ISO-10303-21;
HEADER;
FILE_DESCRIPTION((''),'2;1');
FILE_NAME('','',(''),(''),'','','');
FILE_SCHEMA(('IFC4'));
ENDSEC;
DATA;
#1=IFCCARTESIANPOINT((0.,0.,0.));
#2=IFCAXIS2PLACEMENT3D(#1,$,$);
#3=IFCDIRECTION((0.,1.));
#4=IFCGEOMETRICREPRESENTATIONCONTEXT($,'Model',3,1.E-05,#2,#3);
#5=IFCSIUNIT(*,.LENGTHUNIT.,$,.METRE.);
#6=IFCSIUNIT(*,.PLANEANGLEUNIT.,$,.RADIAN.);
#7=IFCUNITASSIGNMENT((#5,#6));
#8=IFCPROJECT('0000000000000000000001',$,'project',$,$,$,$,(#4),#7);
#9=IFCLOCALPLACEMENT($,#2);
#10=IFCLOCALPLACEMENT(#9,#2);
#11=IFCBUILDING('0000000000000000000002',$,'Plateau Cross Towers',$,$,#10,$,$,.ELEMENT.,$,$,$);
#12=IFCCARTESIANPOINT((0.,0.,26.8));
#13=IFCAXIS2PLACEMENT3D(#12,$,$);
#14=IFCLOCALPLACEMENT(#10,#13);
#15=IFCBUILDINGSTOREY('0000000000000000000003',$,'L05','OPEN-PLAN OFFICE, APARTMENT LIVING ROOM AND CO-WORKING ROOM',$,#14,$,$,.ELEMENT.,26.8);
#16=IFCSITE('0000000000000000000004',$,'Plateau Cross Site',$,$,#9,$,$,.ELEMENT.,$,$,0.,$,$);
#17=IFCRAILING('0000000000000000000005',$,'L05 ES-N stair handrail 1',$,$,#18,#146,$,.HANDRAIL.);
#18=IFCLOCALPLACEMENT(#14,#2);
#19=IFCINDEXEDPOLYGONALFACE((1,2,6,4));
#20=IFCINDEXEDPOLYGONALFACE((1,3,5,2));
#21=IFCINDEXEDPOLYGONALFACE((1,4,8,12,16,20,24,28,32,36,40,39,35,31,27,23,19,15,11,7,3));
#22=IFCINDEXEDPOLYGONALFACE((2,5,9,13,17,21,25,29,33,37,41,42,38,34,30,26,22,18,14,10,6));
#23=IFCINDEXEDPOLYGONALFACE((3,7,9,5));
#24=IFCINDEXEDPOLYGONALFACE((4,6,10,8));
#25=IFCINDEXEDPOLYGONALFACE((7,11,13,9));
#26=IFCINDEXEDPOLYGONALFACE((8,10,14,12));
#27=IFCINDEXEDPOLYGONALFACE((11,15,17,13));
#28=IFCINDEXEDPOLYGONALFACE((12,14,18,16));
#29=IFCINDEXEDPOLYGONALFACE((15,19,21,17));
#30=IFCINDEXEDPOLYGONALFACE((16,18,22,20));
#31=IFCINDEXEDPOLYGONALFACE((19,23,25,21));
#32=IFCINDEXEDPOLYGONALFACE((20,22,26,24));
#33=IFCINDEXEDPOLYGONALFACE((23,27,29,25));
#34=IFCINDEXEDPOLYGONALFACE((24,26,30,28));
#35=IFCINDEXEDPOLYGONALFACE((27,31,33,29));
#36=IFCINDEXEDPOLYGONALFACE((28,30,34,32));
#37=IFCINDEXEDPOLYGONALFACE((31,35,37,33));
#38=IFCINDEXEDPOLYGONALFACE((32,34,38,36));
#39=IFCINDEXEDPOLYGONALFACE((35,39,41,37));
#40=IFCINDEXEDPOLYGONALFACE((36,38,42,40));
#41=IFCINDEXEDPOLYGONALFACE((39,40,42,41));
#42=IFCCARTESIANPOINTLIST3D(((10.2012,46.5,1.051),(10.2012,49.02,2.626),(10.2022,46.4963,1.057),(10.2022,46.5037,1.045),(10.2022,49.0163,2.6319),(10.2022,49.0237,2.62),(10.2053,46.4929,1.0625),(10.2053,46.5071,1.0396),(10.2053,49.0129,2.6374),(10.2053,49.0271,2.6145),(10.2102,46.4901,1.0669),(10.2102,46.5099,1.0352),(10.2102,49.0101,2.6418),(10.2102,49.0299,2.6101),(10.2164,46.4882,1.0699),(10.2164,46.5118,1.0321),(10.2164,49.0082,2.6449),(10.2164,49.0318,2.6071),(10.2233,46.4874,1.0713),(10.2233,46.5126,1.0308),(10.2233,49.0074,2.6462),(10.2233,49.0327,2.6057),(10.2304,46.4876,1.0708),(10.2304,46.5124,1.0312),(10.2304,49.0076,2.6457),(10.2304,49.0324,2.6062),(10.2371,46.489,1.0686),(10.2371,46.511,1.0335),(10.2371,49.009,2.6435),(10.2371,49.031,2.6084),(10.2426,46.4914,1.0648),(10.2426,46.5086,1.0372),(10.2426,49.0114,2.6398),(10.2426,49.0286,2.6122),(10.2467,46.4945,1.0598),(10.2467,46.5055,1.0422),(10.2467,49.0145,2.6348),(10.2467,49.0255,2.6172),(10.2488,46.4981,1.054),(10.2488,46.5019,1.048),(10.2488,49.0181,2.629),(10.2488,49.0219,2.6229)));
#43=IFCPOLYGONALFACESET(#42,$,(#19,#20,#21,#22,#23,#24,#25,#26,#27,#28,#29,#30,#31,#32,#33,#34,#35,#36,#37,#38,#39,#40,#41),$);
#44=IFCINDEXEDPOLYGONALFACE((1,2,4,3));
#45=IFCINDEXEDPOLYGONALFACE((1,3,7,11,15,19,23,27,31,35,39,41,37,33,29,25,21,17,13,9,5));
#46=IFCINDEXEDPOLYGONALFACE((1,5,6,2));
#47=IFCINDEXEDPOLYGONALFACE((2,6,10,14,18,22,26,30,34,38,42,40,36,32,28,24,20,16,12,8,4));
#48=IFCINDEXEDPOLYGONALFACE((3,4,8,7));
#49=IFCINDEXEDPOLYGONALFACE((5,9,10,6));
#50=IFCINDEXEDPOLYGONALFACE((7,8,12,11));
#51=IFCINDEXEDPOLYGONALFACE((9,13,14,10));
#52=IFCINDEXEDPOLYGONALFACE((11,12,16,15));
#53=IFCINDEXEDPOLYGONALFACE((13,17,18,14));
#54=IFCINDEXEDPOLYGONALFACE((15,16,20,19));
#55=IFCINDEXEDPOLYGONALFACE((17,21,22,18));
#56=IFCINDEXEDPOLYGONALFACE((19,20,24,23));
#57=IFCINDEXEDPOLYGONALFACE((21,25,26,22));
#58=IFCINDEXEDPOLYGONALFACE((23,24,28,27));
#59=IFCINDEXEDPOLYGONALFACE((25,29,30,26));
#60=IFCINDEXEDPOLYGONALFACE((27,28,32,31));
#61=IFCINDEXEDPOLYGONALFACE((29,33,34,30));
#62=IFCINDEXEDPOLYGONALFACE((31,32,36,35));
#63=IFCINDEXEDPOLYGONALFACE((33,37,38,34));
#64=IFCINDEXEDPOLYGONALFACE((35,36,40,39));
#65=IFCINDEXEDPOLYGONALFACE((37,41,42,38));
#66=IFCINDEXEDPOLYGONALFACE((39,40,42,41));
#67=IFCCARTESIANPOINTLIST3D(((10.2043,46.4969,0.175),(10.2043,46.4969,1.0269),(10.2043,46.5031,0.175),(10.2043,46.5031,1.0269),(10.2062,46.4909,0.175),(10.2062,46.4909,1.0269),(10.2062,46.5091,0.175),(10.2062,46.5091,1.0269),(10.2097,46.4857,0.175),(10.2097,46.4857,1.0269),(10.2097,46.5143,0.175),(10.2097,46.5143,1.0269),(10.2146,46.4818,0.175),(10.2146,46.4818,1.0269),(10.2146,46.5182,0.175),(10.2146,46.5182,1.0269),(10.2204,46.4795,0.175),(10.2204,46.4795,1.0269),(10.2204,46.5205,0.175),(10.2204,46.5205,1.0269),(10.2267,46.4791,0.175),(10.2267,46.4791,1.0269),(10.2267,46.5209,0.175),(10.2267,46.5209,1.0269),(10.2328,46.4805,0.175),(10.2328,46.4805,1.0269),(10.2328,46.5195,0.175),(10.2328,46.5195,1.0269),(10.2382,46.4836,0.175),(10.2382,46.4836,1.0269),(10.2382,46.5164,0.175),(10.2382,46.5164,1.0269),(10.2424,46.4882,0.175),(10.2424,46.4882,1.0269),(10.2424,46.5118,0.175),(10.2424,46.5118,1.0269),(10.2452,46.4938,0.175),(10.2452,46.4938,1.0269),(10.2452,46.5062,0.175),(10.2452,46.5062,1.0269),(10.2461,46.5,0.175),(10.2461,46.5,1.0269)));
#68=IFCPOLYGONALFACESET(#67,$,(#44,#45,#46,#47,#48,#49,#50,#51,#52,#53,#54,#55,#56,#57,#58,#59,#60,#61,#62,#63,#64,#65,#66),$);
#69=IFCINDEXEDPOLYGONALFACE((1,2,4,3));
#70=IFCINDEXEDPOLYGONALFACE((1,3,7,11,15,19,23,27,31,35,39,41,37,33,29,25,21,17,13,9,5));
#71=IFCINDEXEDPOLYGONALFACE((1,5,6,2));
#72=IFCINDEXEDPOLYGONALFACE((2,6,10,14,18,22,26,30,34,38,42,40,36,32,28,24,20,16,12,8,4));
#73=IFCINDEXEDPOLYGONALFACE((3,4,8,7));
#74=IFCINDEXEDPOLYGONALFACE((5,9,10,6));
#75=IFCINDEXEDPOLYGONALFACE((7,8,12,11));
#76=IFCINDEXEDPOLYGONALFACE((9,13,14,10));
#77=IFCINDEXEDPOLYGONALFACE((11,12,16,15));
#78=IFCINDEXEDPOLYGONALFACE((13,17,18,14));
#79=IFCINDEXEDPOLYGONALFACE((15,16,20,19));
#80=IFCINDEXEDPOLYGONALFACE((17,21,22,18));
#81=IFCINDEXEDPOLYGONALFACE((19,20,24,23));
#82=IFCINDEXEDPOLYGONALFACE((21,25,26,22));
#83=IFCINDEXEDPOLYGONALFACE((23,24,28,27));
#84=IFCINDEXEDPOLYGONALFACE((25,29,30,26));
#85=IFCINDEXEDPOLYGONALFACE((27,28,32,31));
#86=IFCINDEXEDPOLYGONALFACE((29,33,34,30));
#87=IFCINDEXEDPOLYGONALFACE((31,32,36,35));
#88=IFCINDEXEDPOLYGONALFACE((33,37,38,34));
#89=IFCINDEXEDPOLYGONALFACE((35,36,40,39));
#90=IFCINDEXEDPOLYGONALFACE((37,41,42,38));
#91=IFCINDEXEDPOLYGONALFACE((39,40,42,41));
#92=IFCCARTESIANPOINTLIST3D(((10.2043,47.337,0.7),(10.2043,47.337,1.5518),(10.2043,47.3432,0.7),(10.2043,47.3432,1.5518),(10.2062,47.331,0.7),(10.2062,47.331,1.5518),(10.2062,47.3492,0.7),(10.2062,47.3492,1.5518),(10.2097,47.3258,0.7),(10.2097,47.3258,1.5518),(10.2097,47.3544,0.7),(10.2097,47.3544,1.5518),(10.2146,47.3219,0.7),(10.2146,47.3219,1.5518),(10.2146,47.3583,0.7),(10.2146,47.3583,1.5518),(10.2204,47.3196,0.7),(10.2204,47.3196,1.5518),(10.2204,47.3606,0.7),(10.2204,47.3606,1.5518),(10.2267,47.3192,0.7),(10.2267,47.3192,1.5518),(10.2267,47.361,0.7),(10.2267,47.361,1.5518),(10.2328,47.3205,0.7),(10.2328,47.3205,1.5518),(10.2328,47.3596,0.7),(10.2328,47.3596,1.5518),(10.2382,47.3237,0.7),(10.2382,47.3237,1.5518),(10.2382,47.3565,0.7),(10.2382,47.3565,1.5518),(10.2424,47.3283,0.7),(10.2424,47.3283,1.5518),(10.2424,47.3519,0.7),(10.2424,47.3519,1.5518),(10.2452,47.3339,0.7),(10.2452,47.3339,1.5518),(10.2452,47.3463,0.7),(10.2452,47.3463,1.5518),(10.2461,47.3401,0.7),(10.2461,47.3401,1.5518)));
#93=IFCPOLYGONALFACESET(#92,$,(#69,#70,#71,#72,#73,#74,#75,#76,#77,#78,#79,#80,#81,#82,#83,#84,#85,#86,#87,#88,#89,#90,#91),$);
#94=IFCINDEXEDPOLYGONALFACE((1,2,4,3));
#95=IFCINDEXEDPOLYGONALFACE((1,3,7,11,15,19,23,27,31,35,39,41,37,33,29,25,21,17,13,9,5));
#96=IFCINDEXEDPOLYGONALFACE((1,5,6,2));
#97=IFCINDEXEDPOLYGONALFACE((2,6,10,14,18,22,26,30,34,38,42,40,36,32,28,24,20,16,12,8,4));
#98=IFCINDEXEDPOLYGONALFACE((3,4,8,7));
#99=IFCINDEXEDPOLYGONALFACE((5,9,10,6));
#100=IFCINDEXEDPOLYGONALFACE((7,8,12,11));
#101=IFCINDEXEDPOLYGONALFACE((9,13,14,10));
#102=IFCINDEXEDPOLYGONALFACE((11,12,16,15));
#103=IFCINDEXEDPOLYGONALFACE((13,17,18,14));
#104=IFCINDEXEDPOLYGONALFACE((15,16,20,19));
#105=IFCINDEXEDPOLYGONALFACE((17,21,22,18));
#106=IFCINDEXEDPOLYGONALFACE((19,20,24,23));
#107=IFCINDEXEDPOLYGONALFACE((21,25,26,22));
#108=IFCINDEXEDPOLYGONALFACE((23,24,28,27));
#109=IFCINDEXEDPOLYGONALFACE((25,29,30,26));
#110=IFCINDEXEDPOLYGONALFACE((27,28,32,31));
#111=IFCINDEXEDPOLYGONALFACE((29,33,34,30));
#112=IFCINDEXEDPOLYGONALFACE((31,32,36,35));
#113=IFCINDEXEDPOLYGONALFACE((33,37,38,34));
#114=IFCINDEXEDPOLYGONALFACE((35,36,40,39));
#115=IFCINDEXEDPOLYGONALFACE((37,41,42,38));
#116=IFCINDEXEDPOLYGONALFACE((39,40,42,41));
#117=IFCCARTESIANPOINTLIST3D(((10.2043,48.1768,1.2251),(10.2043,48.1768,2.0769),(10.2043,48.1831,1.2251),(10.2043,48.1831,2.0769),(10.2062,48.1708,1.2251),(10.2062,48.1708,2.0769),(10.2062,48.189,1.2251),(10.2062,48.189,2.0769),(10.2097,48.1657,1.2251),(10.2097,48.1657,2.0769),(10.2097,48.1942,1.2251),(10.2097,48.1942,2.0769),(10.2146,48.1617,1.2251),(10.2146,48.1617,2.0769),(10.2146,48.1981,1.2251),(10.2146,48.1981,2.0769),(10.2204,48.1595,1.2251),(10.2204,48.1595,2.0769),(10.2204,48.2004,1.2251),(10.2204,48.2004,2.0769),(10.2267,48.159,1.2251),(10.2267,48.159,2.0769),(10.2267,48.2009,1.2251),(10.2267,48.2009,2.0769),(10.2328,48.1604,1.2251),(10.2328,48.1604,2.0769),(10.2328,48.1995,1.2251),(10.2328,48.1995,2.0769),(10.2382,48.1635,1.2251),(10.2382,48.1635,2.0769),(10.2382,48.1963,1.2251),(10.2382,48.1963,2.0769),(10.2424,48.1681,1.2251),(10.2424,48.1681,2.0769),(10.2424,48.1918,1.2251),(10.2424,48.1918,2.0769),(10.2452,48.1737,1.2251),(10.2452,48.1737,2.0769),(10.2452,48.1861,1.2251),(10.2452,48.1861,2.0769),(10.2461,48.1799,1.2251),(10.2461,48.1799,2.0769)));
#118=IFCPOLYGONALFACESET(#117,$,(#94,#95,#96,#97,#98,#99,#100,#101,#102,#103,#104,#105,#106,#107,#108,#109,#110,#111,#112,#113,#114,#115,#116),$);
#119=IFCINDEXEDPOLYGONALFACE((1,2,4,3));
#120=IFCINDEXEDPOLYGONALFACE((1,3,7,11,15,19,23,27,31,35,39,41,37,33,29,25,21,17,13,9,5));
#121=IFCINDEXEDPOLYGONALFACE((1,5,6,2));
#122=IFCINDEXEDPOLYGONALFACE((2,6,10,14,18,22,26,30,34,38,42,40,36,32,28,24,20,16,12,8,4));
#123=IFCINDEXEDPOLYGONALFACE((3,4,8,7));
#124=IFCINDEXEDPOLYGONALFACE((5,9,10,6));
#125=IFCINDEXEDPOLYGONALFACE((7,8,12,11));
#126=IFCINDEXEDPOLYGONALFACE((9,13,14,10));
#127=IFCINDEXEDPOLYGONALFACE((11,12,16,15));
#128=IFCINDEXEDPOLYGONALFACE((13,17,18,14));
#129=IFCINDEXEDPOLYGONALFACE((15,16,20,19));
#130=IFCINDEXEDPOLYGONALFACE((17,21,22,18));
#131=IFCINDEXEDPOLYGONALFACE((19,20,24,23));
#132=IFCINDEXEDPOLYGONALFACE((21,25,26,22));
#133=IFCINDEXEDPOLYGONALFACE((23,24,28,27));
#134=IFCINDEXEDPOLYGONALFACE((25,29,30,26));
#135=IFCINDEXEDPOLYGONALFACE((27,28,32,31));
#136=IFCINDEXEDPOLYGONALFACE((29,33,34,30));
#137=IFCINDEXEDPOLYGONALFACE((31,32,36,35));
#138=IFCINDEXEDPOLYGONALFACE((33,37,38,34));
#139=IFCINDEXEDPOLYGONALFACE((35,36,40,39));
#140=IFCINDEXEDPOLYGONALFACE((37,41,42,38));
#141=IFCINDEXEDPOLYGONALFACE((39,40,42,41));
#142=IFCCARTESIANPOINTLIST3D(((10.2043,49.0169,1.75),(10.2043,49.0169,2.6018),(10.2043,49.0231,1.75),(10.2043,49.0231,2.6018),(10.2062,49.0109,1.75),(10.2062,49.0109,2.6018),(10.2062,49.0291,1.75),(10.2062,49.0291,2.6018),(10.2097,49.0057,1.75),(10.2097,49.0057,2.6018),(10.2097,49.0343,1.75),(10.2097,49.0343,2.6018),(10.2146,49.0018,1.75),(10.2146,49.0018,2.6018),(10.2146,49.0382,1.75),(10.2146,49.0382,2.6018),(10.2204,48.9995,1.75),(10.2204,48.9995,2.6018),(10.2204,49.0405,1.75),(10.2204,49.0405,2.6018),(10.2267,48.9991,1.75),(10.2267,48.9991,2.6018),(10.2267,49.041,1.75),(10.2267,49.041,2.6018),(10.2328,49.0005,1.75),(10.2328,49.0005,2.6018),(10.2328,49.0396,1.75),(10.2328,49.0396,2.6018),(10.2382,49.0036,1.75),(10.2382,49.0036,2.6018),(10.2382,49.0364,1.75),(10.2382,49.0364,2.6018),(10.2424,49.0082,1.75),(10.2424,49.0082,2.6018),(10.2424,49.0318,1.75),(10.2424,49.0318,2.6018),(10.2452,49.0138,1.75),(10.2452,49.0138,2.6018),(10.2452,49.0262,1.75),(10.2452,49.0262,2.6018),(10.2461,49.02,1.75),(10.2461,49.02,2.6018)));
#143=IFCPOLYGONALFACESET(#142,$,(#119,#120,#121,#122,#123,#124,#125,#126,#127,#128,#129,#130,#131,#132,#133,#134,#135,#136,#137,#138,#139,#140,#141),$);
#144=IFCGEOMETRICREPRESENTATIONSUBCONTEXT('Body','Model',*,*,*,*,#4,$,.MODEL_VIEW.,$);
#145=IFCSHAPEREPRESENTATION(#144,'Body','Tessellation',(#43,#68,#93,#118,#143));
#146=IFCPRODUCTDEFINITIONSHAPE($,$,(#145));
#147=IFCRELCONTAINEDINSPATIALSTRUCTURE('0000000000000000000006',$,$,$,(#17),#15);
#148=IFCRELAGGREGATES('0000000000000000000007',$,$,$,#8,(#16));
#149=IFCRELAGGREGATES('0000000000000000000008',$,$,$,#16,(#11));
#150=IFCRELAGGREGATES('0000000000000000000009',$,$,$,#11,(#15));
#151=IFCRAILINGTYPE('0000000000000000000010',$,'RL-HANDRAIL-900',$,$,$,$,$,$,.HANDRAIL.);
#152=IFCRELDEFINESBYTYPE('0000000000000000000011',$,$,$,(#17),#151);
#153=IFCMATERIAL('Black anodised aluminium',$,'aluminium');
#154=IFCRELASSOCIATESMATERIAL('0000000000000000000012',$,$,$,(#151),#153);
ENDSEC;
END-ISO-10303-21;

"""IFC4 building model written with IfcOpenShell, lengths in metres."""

from ifc_helpers import new_model, si_unit, direction, frame, origin, origin_2d, place, context, subcontext, project, spatial, circle, extrude, material, type_object, element, save


model = new_model("IFC4")

# Units and contexts
model_context = context("Model", 3, precision=1e-05, world=origin(), true_north=direction((0.0, 1.0)))
body_context = subcontext(model_context, "Body", "Model", "MODEL_VIEW")
ifc_project = project(units=[si_unit("LENGTHUNIT", "METRE"), si_unit("PLANEANGLEUNIT", "RADIAN")], contexts=[model_context])

# Site, building, storey
site_placement = place(None, origin())
site = spatial("IfcSite", under=ifc_project, at=site_placement, Name="Plateau Cross Site", CompositionType="ELEMENT", RefElevation=0.0)
building_placement = place(site_placement, origin())
building = spatial("IfcBuilding", under=site, at=building_placement, Name="Plateau Cross Towers", CompositionType="ELEMENT")
storey_placement = place(building_placement, frame((0.0, 0.0, 26.8)))
storey = spatial("IfcBuildingStorey", under=building, at=storey_placement, Name="L05", Description="OPEN-PLAN OFFICE, APARTMENT LIVING ROOM AND CO-WORKING ROOM", CompositionType="ELEMENT", Elevation=26.8)

# Shared definitions
ifc_material_1 = material(Name="Black anodised aluminium", Category="aluminium")

# Railing
railing_type_1 = type_object("IfcRailingType", Name="RL-HANDRAIL-900", PredefinedType="HANDRAIL", material=ifc_material_1)
railing_1_placement = place(storey_placement, frame((10.2251, 46.5, 0.175)))
element("IfcRailing", 1, at=railing_1_placement, inside=storey, type_object=railing_type_1, Name="L05 ES-N stair handrail 1", PredefinedType="HANDRAIL", context=body_context, shape_type="SweptSolid", body=[
    extrude(circle(Radius=0.0239, at=origin_2d()), frame((0.0, 0.0, 0.876), z_axis=(0.0, 0.848008, 0.529984), x_axis=(-1.0, 0.0, 0.0)), (0.0, 0.0, 1.0), 2.9717),
    extrude(circle(Radius=0.021, at=origin_2d()), origin(), (0.0, 0.0, 1.0), 0.8518),
    extrude(circle(Radius=0.021, at=origin_2d()), frame((0.0, 0.8401, 0.5249)), (0.0, 0.0, 1.0), 0.8518),
    extrude(circle(Radius=0.021, at=origin_2d()), frame((0.0, 1.6799, 1.05)), (0.0, 0.0, 1.0), 0.8518),
    extrude(circle(Radius=0.021, at=origin_2d()), frame((0.0, 2.52, 1.575)), (0.0, 0.0, 1.0), 0.8518),
])

save(model, "model.ifc")
